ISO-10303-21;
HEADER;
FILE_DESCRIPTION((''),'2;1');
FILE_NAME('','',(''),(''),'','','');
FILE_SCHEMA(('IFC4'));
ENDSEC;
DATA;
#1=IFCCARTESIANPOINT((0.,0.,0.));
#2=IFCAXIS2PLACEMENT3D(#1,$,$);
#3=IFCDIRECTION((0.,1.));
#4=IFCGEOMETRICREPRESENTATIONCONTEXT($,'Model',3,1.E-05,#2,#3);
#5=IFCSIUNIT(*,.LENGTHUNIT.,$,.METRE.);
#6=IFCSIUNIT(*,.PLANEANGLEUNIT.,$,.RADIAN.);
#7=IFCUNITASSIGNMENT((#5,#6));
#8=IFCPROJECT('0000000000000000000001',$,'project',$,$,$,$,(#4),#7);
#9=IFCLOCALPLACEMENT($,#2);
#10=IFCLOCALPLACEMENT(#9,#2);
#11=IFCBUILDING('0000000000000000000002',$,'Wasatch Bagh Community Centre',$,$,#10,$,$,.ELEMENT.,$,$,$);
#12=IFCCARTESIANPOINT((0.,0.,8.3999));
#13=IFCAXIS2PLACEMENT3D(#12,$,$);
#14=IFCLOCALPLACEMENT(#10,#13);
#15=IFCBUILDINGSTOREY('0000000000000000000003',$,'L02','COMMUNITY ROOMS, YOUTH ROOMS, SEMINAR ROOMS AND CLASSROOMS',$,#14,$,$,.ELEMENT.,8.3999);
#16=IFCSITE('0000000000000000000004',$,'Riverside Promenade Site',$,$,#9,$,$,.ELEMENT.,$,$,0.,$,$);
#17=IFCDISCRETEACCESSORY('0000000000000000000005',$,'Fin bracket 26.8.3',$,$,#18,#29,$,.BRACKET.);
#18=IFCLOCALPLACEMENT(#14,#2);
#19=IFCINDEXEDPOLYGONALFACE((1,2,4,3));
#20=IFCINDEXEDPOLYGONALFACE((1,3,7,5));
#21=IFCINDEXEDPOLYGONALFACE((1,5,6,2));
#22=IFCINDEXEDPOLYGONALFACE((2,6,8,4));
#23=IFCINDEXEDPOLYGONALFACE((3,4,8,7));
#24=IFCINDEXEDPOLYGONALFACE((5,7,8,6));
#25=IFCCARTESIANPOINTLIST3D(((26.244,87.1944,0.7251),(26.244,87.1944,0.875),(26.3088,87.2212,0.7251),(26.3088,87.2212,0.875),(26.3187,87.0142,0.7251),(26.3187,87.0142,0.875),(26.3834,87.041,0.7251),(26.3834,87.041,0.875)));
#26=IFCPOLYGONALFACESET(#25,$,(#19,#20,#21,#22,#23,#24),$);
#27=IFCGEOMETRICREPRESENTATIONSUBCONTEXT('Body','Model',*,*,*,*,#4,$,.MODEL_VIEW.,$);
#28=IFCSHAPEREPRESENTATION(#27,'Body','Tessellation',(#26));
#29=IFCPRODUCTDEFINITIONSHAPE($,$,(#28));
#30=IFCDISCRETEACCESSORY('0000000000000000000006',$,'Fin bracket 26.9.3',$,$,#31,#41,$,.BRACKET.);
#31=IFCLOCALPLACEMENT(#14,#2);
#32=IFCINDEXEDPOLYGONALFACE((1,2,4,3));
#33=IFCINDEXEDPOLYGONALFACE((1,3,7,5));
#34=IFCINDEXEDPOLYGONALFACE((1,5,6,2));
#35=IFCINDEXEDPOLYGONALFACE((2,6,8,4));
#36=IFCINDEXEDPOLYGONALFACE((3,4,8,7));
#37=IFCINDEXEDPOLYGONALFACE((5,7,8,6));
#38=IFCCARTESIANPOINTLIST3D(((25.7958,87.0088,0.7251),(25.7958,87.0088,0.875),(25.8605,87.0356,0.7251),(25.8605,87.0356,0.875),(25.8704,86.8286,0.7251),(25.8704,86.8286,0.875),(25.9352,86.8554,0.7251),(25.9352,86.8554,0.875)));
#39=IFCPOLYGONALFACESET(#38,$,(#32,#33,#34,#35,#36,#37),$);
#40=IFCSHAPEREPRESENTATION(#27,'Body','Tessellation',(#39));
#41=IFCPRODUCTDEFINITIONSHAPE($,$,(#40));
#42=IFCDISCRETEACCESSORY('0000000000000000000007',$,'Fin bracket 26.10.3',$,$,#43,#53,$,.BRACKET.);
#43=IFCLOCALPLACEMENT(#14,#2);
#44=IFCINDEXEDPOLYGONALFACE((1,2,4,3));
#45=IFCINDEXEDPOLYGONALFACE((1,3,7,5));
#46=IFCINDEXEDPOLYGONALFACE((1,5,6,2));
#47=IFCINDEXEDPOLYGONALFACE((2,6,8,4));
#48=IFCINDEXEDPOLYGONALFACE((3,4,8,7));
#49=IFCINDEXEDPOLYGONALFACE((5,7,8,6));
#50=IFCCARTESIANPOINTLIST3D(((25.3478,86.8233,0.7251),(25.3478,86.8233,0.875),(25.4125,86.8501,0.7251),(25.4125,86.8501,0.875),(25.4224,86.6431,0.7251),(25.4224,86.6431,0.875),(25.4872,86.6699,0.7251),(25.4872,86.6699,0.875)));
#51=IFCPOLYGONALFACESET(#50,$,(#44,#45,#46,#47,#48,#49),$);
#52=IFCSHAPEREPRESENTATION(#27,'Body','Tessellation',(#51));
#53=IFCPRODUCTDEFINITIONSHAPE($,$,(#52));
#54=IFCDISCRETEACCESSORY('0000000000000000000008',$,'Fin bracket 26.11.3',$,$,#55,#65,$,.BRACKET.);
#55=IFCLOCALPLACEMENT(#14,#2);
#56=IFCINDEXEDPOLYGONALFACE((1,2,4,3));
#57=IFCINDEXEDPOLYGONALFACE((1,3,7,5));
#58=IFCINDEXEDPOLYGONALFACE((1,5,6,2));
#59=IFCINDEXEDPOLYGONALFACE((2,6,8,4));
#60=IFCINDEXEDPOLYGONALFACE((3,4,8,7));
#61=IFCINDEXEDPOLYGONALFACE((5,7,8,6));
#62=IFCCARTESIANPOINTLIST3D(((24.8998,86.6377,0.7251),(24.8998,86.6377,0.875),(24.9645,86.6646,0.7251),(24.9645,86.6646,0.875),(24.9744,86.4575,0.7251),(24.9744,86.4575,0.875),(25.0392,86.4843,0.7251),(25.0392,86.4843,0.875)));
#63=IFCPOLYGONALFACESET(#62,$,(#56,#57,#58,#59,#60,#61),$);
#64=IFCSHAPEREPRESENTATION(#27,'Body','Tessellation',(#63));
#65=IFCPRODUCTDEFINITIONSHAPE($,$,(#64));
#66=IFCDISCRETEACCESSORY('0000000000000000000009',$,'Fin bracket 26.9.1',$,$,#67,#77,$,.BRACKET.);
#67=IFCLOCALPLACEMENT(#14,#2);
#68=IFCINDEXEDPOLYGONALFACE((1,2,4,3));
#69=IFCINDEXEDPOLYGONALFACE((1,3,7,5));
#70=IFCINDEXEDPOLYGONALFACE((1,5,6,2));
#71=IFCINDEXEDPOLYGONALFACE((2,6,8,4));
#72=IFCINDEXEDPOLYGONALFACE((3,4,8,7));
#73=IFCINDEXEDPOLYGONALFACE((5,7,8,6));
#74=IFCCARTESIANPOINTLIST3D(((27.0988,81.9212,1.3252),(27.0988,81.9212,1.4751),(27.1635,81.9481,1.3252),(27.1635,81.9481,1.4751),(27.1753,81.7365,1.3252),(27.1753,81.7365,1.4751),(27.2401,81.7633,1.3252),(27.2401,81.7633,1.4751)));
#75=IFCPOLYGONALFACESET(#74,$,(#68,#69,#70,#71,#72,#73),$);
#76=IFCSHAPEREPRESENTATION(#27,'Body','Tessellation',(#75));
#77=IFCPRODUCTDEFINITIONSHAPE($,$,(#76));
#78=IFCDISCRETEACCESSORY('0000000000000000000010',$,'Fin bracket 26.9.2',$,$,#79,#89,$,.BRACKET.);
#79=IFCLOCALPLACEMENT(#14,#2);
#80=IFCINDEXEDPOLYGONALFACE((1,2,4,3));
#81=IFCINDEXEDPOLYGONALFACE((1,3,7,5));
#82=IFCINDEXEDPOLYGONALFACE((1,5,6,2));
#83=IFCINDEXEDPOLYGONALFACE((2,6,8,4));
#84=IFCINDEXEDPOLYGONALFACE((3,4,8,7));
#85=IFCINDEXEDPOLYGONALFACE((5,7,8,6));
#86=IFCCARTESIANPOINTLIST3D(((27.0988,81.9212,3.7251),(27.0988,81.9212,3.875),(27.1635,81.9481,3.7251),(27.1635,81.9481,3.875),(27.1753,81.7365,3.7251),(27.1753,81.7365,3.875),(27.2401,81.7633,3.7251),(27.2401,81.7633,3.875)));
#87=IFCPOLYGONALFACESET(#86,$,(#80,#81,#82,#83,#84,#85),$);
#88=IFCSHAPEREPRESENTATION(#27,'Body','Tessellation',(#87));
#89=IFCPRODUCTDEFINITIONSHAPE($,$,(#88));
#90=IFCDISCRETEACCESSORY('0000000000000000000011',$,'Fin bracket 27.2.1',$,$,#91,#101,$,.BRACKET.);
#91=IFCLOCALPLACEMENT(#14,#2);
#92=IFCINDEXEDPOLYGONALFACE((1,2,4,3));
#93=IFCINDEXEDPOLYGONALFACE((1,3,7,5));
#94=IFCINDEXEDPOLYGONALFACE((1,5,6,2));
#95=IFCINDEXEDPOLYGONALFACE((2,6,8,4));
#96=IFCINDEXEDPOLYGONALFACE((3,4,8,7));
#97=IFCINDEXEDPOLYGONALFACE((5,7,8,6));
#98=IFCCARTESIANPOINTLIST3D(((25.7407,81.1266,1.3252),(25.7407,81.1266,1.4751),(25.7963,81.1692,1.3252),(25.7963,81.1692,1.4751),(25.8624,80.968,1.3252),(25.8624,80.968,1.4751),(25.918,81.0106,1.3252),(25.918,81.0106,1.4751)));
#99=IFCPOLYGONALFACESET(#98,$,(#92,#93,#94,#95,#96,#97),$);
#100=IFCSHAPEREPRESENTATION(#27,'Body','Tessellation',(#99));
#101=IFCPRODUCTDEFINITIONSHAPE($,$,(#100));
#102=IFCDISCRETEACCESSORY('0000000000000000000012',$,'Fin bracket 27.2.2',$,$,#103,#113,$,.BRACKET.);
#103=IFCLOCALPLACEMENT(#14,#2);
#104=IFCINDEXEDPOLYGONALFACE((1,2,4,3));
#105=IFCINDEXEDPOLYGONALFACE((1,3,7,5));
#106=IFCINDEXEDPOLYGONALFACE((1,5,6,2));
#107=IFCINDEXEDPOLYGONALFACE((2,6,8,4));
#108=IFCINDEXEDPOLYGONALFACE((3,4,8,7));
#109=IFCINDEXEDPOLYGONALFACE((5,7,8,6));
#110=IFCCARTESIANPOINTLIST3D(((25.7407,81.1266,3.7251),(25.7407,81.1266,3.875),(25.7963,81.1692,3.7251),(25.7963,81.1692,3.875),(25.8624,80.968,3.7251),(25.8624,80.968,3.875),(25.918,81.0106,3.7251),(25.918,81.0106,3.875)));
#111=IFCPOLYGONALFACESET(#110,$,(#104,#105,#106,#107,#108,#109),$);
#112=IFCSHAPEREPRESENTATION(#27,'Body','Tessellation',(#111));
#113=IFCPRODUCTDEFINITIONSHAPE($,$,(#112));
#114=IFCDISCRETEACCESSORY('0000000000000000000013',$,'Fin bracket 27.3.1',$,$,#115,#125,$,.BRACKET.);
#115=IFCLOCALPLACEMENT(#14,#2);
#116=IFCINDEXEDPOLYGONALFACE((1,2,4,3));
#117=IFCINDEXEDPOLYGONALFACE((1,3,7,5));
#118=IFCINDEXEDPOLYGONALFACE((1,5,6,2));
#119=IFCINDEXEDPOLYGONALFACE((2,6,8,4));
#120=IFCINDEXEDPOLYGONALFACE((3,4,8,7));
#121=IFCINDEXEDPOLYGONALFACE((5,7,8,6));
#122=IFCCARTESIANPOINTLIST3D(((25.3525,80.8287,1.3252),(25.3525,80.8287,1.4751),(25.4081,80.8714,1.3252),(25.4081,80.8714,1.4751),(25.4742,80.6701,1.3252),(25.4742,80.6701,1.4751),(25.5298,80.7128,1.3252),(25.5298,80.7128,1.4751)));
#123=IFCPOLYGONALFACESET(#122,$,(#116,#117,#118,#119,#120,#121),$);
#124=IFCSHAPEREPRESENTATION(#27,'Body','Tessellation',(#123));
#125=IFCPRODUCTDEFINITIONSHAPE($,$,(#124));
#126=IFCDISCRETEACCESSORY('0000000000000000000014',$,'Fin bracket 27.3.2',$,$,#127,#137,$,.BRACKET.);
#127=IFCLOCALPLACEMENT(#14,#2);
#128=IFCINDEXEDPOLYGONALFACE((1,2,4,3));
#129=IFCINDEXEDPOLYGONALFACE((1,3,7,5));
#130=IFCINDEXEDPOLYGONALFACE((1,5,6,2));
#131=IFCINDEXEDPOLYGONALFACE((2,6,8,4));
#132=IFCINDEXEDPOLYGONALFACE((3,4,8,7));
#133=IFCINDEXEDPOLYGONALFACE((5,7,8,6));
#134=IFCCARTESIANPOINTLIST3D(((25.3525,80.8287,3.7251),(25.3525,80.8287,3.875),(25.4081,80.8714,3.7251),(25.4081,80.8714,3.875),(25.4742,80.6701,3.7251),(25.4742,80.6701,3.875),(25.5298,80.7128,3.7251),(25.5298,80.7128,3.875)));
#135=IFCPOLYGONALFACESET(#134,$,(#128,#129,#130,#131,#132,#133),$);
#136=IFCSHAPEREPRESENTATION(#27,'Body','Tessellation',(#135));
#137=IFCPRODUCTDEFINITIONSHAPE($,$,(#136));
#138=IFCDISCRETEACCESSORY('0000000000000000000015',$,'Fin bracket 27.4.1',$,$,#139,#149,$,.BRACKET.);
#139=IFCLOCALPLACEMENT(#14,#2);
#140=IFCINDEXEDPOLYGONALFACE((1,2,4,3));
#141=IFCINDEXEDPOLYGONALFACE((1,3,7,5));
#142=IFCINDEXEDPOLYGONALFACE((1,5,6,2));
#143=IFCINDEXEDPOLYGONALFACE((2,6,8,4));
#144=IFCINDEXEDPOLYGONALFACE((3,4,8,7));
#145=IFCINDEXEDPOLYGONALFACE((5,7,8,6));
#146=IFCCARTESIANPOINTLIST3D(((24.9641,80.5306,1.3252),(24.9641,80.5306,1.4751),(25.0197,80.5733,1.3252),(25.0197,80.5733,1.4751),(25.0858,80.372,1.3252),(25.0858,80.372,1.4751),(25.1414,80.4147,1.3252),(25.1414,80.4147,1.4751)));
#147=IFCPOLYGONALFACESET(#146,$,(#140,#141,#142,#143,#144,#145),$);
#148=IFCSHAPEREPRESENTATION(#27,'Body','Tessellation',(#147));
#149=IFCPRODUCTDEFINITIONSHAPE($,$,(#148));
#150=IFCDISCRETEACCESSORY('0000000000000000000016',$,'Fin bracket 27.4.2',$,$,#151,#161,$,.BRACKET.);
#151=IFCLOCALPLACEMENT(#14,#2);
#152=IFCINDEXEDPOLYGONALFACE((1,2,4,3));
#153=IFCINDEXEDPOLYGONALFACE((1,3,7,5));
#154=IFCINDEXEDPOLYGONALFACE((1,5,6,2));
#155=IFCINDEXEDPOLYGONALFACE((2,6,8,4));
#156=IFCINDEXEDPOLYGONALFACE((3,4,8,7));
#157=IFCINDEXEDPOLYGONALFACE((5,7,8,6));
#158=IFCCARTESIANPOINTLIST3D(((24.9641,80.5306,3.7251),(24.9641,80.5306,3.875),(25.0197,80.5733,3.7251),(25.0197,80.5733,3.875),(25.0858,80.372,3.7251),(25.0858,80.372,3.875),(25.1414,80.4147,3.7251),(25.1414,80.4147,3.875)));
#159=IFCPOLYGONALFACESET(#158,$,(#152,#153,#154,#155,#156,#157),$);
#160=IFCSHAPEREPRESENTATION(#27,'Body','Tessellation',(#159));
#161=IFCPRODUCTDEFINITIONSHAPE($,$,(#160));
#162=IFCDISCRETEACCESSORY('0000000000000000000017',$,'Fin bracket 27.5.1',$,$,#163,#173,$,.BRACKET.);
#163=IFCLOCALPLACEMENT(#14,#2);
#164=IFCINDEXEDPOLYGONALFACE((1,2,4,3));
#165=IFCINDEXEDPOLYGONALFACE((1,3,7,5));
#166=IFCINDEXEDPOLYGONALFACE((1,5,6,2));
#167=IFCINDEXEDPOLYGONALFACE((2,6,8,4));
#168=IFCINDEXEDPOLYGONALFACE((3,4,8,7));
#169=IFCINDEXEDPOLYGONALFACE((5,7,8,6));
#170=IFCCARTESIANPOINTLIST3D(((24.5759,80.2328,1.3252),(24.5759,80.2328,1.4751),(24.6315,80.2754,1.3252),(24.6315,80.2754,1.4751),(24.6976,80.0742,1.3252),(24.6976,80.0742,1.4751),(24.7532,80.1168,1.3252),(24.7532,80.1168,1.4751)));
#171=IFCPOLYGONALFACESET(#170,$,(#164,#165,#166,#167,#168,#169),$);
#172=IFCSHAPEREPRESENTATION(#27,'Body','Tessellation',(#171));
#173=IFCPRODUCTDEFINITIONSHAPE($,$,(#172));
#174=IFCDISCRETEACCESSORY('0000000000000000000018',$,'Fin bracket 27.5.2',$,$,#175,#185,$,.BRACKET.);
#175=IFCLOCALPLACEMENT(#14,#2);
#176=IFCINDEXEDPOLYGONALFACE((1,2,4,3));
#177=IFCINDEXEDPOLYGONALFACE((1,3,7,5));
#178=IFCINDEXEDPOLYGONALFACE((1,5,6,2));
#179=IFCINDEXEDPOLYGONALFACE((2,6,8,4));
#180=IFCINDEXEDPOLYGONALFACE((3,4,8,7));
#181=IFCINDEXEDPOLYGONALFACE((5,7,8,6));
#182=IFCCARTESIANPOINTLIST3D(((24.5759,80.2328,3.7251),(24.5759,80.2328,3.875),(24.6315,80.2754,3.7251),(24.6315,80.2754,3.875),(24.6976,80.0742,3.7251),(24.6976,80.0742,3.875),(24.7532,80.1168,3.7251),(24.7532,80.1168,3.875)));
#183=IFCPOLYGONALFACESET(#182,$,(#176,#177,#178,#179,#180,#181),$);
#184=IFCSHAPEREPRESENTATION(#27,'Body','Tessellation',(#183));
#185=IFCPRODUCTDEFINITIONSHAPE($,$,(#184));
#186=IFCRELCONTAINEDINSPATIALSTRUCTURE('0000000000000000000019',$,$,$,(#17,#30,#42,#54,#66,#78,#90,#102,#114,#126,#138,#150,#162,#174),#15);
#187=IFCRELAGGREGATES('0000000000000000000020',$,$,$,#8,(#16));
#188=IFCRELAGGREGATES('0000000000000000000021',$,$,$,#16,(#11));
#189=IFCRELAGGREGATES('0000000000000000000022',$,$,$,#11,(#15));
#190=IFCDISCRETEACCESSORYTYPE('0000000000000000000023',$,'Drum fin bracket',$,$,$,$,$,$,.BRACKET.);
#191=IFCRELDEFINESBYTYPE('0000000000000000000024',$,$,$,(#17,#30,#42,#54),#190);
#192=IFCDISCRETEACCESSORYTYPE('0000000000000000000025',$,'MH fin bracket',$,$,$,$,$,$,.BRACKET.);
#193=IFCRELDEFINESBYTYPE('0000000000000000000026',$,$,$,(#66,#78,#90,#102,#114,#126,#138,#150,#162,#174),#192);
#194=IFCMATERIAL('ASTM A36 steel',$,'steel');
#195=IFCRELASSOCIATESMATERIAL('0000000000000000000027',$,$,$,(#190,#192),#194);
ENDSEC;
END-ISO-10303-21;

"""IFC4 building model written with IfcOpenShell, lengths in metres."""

from ifc_helpers import new_model, si_unit, direction, frame, origin, origin_2d, place, context, subcontext, project, spatial, rectangle, extrude, material, type_object, element, save


model = new_model("IFC4")

# Units and contexts
model_context = context("Model", 3, precision=1e-05, world=origin(), true_north=direction((0.0, 1.0)))
body_context = subcontext(model_context, "Body", "Model", "MODEL_VIEW")
ifc_project = project(units=[si_unit("LENGTHUNIT", "METRE"), si_unit("PLANEANGLEUNIT", "RADIAN")], contexts=[model_context])

# Site, building, storey
site_placement = place(None, origin())
site = spatial("IfcSite", under=ifc_project, at=site_placement, Name="Riverside Promenade Site", CompositionType="ELEMENT", RefElevation=0.0)
building_placement = place(site_placement, origin())
building = spatial("IfcBuilding", under=site, at=building_placement, Name="Wasatch Bagh Community Centre", CompositionType="ELEMENT")
storey_placement = place(building_placement, frame((0.0, 0.0, 8.3999)))
storey = spatial("IfcBuildingStorey", under=building, at=storey_placement, Name="L02", Description="COMMUNITY ROOMS, YOUTH ROOMS, SEMINAR ROOMS AND CLASSROOMS", CompositionType="ELEMENT", Elevation=8.3999)

# Discrete accessories
ifc_material_1 = material(Name="ASTM A36 steel", Category="steel")
discrete_accessory_type_1 = type_object("IfcDiscreteAccessoryType", Name="Drum fin bracket", PredefinedType="BRACKET", material=ifc_material_1)
for number, where, z_axis, x_axis, name in (
    (1, (26.3137, 87.1177, 0.7251), (0.0, 0.0, 1.0), (-0.92388, -0.382683, 0.0), "Fin bracket 26.8.3"),
    (2, (25.8655, 86.9321, 0.7251), (0.0, 0.0, 1.0), (-0.92388, -0.382683, 0.0), "Fin bracket 26.9.3"),
    (3, (25.4175, 86.7466, 0.7251), (0.0, 0.0, 1.0), (-0.92388, -0.382683, 0.0), "Fin bracket 26.10.3"),
    (4, (24.9695, 86.561, 0.7251), (0.0, 0.0, 1.0), (-0.92388, -0.382683, 0.0), "Fin bracket 26.11.3"),
):
    element("IfcDiscreteAccessory", number, at=place(storey_placement, frame(where, z_axis=z_axis, x_axis=x_axis)), inside=storey, type_object=discrete_accessory_type_1, Name=name, PredefinedType="BRACKET", context=body_context, shape_type="SweptSolid", body=[
        extrude(rectangle(XDim=0.0701, YDim=0.1951, at=origin_2d()), origin(), (0.0, 0.0, 1.0), 0.1499),
    ])
discrete_accessory_type_2 = type_object("IfcDiscreteAccessoryType", Name="MH fin bracket", PredefinedType="BRACKET", material=ifc_material_1)
for number, where, z_axis, x_axis, name in (
    (5, (27.1694, 81.8423, 1.3252), (0.0, 0.0, 1.0), (-0.92388, -0.382683, 0.0), "Fin bracket 26.9.1"),
    (6, (27.1694, 81.8423, 3.7251), (0.0, 0.0, 1.0), (-0.92388, -0.382683, 0.0), "Fin bracket 26.9.2"),
    (7, (25.8293, 81.0686, 1.3252), (0.0, 0.0, 1.0), (-0.793353, -0.608761, 0.0), "Fin bracket 27.2.1"),
    (8, (25.8293, 81.0686, 3.7251), (0.0, 0.0, 1.0), (-0.793353, -0.608761, 0.0), "Fin bracket 27.2.2"),
    (9, (25.4412, 80.7708, 1.3252), (0.0, 0.0, 1.0), (-0.793353, -0.608761, 0.0), "Fin bracket 27.3.1"),
    (10, (25.4412, 80.7708, 3.7251), (0.0, 0.0, 1.0), (-0.793353, -0.608761, 0.0), "Fin bracket 27.3.2"),
    (11, (25.0527, 80.4727, 1.3252), (0.0, 0.0, 1.0), (-0.793353, -0.608761, 0.0), "Fin bracket 27.4.1"),
    (12, (25.0527, 80.4727, 3.7251), (0.0, 0.0, 1.0), (-0.793353, -0.608761, 0.0), "Fin bracket 27.4.2"),
    (13, (24.6646, 80.1748, 1.3252), (0.0, 0.0, 1.0), (-0.793353, -0.608761, 0.0), "Fin bracket 27.5.1"),
    (14, (24.6646, 80.1748, 3.7251), (0.0, 0.0, 1.0), (-0.793353, -0.608761, 0.0), "Fin bracket 27.5.2"),
):
    element("IfcDiscreteAccessory", number, at=place(storey_placement, frame(where, z_axis=z_axis, x_axis=x_axis)), inside=storey, type_object=discrete_accessory_type_2, Name=name, PredefinedType="BRACKET", context=body_context, shape_type="SweptSolid", body=[
        extrude(rectangle(XDim=0.0701, YDim=0.2, at=origin_2d()), origin(), (0.0, 0.0, 1.0), 0.1499),
    ])

save(model, "model.ifc")
